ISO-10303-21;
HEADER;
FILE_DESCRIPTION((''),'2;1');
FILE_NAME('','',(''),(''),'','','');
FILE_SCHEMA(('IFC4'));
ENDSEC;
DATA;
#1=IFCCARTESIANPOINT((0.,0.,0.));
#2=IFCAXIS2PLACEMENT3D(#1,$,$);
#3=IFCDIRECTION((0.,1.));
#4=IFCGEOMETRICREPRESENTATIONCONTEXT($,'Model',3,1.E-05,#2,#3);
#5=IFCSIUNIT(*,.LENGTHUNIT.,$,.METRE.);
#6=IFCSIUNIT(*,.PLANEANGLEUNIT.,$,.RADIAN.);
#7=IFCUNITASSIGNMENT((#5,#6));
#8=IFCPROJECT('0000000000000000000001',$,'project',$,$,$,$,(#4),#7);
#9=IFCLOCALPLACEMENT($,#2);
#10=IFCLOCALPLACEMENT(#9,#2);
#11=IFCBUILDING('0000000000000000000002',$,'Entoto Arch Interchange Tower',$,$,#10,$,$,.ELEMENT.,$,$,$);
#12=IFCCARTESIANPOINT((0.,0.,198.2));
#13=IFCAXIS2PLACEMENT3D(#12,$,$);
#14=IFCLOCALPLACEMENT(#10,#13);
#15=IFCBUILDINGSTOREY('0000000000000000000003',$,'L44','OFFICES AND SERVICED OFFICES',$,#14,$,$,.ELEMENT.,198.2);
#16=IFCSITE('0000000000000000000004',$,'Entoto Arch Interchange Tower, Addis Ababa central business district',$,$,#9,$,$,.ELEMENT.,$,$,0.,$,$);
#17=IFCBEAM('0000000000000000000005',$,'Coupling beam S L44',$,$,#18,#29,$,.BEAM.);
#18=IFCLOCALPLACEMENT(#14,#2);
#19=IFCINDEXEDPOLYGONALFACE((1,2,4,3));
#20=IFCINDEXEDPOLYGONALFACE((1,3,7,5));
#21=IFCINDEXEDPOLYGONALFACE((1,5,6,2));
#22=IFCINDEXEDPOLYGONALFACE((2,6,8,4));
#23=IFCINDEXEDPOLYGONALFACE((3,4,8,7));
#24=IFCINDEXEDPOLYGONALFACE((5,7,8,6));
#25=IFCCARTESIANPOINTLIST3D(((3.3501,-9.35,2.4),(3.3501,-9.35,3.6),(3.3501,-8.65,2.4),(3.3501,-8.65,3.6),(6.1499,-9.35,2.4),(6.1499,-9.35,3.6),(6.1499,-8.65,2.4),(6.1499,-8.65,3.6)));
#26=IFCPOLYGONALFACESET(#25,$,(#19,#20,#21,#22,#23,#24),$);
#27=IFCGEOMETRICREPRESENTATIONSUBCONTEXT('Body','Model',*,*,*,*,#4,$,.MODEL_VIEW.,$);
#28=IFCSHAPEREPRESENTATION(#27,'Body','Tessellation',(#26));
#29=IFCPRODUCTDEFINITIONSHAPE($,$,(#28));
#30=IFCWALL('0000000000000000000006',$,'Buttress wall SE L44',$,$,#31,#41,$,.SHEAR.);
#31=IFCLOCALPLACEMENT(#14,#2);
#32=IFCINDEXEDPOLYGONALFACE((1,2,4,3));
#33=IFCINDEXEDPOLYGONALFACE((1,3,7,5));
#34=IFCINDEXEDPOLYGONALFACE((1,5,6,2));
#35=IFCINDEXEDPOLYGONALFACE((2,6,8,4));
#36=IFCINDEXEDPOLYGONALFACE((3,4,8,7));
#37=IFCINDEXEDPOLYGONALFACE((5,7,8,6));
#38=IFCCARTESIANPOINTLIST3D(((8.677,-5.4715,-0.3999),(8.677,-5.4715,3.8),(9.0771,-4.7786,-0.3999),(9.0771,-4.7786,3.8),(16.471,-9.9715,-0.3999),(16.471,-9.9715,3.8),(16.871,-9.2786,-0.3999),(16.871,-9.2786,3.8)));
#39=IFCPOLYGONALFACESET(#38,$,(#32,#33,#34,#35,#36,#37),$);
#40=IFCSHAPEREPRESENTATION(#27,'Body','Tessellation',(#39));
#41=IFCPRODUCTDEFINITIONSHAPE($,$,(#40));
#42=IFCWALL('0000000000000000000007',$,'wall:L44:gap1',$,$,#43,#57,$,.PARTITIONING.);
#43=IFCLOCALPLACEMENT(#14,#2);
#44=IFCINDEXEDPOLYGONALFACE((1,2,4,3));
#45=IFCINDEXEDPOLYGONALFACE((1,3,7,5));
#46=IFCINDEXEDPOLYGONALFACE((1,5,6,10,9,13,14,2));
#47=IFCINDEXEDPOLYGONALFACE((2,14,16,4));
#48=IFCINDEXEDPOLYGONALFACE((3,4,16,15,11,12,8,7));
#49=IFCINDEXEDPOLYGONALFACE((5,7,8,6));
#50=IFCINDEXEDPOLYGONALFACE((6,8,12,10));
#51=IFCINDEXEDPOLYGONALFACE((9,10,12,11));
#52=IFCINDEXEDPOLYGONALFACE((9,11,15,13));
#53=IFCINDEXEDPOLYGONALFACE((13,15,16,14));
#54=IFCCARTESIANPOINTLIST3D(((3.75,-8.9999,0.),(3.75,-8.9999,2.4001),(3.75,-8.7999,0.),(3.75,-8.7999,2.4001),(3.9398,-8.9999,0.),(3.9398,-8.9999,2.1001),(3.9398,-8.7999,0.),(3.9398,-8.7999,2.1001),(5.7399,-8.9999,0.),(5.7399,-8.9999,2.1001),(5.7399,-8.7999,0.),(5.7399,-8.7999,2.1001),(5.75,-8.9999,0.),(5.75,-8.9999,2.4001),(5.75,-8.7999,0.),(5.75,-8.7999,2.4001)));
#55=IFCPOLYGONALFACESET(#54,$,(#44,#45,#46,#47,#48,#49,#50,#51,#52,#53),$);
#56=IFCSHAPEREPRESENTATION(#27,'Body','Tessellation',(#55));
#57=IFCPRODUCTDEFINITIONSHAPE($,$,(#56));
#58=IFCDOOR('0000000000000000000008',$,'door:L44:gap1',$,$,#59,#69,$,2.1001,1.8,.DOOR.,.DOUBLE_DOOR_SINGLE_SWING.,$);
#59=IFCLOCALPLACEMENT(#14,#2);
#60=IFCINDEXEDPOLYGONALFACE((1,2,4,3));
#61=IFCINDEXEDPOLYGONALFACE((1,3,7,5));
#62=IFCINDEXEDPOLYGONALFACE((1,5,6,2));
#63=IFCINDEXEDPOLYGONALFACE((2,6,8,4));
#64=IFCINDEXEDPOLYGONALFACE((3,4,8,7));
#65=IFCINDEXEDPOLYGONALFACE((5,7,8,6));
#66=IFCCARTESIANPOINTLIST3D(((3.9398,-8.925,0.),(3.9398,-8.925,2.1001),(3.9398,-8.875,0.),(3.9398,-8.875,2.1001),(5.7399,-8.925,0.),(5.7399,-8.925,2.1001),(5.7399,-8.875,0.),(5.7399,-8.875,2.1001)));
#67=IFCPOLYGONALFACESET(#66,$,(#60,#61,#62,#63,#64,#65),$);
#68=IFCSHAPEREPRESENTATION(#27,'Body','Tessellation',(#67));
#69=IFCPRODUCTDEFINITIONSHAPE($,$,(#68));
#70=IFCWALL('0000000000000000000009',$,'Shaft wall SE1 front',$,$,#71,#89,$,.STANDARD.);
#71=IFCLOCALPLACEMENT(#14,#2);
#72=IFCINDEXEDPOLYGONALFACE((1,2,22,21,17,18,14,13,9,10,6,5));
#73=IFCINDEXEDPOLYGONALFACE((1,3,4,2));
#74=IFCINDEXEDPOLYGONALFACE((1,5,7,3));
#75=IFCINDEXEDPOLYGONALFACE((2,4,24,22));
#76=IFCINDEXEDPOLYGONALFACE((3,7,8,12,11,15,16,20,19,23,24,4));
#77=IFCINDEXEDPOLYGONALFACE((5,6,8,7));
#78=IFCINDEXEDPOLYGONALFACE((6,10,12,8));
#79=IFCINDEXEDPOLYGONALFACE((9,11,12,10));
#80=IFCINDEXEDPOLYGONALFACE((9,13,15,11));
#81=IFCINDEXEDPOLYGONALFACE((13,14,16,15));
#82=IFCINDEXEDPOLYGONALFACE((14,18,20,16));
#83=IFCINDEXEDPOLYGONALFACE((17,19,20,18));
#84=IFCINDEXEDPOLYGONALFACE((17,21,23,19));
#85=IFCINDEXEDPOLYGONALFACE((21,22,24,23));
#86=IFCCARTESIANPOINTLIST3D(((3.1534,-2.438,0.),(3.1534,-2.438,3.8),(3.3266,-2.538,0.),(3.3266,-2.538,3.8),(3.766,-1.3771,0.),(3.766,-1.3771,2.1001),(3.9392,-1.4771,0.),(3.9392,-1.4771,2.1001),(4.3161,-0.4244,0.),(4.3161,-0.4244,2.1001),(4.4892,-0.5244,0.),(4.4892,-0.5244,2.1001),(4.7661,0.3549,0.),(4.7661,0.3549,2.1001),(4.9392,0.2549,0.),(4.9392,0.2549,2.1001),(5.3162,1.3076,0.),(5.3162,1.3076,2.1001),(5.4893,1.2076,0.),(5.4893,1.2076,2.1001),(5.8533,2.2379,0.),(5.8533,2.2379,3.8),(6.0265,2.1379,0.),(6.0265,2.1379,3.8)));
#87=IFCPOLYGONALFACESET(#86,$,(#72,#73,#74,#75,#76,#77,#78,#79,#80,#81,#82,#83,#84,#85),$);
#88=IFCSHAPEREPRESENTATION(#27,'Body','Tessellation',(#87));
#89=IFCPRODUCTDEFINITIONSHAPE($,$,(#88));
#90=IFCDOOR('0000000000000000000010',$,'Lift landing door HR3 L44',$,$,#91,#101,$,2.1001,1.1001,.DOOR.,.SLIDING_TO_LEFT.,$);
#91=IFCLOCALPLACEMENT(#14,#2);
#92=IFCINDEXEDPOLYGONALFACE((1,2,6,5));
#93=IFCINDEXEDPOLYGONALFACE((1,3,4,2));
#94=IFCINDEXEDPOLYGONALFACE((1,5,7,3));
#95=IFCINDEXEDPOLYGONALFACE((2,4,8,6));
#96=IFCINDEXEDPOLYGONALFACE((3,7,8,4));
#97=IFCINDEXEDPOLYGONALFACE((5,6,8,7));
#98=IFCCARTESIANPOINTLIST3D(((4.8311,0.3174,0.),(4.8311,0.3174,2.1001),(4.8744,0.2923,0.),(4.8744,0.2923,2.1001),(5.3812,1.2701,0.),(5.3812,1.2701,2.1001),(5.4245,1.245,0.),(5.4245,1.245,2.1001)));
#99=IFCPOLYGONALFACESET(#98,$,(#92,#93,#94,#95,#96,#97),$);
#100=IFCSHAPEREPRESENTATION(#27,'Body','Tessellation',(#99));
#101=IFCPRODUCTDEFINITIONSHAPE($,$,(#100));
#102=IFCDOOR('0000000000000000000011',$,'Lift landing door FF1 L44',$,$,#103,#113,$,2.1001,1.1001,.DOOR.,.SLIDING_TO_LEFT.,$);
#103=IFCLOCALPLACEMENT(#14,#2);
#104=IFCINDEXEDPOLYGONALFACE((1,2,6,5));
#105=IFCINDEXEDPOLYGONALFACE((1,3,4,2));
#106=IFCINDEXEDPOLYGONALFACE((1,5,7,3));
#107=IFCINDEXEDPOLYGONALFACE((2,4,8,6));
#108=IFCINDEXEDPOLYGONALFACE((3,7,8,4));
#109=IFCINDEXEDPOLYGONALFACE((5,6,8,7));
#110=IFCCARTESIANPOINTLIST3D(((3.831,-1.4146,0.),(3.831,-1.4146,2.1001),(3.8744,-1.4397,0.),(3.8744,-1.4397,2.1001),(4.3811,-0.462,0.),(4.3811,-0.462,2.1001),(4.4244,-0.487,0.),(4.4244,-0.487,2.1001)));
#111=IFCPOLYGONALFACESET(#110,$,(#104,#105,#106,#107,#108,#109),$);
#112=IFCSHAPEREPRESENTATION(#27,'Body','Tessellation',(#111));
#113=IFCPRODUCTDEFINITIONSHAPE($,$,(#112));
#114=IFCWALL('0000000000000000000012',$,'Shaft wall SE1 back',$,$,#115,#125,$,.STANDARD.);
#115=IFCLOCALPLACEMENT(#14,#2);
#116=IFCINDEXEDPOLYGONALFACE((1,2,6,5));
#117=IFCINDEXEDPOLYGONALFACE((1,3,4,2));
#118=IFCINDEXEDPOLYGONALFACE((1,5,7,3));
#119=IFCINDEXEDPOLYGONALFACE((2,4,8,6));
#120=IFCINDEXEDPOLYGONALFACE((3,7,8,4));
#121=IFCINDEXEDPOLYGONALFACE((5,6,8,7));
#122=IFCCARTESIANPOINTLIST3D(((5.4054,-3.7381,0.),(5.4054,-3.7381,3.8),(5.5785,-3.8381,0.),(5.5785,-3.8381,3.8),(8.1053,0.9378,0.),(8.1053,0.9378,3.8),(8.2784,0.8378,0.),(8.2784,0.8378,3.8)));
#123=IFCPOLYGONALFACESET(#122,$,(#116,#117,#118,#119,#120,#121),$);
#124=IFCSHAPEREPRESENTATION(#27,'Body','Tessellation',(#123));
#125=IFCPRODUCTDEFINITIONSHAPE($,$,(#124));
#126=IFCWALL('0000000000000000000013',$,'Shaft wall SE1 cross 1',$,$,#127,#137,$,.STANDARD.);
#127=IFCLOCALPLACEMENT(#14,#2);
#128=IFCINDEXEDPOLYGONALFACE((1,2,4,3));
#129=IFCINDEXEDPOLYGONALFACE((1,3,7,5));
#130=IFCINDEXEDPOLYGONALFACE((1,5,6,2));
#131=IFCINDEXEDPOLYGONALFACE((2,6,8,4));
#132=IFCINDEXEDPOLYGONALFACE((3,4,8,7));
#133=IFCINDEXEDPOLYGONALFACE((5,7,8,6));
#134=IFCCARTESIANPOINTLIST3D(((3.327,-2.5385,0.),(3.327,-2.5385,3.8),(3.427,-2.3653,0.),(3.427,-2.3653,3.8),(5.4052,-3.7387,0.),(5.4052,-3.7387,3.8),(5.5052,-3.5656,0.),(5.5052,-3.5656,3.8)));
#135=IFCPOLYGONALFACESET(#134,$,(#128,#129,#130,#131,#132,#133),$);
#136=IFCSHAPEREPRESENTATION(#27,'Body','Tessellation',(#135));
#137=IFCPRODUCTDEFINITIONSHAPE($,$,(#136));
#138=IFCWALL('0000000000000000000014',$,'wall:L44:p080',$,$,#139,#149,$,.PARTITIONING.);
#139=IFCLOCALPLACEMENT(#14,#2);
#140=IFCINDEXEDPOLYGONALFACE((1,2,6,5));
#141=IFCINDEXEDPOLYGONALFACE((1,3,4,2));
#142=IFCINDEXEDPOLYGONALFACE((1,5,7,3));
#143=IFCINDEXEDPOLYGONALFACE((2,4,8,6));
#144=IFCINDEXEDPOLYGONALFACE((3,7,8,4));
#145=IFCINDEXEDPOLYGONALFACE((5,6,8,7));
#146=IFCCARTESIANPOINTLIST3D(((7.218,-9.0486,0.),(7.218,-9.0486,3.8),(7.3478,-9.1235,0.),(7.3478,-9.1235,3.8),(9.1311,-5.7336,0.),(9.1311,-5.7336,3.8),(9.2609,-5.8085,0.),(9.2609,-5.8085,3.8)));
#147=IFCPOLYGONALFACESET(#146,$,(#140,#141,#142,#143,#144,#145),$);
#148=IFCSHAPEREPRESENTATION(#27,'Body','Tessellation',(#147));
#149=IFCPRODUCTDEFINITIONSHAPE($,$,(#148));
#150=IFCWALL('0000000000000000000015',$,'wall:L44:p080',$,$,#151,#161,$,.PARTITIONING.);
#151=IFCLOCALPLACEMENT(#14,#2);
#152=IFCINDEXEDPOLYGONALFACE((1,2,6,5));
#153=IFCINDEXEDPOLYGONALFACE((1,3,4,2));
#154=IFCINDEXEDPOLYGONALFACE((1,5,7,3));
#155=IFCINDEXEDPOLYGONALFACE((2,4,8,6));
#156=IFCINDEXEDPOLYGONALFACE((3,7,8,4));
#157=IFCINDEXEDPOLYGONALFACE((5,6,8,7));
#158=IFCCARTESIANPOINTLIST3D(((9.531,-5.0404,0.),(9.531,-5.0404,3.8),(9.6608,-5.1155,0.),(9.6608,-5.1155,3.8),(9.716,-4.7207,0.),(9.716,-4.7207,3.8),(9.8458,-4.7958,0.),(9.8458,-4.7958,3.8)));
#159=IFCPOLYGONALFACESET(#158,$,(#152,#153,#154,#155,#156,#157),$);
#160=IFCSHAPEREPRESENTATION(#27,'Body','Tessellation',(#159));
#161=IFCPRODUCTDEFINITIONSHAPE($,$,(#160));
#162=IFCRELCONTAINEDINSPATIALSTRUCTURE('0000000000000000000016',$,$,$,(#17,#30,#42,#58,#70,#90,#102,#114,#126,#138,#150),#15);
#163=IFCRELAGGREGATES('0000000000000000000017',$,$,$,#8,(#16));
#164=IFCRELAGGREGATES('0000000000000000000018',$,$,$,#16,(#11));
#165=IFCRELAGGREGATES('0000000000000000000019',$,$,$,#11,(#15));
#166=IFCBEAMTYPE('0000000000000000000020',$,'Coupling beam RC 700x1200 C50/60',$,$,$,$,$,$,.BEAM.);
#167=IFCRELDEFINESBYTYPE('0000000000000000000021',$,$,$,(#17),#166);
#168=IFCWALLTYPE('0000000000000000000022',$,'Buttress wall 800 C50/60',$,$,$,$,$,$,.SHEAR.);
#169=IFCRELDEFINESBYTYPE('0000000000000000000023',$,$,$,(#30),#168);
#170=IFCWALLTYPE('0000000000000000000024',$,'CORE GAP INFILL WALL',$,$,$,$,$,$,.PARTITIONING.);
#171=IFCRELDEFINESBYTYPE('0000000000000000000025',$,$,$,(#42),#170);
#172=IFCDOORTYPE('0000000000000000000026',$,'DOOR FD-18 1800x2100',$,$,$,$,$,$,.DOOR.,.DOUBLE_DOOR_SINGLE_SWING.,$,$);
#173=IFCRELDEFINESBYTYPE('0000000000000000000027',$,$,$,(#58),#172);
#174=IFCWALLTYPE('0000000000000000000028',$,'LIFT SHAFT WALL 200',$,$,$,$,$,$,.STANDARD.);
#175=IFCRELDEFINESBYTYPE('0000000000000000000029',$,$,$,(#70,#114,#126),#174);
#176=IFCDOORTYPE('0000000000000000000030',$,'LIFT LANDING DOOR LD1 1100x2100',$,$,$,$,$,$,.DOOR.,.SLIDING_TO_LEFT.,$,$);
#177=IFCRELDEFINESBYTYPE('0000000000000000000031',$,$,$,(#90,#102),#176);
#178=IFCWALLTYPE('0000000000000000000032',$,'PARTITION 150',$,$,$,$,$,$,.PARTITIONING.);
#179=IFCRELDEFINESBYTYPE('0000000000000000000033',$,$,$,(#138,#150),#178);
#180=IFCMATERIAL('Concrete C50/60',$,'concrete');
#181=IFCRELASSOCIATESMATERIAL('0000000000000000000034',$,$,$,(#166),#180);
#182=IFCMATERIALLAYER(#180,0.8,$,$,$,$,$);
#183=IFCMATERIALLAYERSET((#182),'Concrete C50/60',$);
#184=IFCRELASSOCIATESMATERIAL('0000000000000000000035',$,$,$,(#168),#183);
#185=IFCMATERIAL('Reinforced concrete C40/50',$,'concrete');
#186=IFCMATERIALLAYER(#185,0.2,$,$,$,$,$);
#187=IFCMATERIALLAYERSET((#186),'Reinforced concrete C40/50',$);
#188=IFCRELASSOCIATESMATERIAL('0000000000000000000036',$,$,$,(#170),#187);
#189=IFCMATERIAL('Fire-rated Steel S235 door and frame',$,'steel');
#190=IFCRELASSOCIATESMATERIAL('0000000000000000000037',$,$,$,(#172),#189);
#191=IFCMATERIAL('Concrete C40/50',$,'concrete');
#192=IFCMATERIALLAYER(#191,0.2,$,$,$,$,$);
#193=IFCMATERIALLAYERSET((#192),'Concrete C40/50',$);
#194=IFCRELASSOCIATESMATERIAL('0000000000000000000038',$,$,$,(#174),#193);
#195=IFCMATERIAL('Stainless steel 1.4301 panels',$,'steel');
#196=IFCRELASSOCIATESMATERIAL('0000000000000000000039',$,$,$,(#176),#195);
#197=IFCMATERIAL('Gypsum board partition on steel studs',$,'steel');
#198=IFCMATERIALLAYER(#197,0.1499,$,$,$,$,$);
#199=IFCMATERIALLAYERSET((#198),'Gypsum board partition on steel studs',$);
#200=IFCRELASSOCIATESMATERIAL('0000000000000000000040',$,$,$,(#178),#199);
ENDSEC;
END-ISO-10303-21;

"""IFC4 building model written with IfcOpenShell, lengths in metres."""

from ifc_helpers import new_model, si_unit, direction, frame, frame_2d, origin, origin_2d, place, context, subcontext, project, spatial, rectangle, extrude, material, layer, layer_set, material_profile, profile_set, type_object, element, fill, save


model = new_model("IFC4")

# Units and contexts
model_context = context("Model", 3, precision=1e-05, world=origin(), true_north=direction((0.0, 1.0)))
body_context = subcontext(model_context, "Body", "Model", "MODEL_VIEW")
ifc_project = project(units=[si_unit("LENGTHUNIT", "METRE"), si_unit("PLANEANGLEUNIT", "RADIAN")], contexts=[model_context])

# Site, building, storey
site_placement = place(None, origin())
site = spatial("IfcSite", under=ifc_project, at=site_placement, Name="Entoto Arch Interchange Tower, Addis Ababa central business district", CompositionType="ELEMENT", RefElevation=0.0)
building_placement = place(site_placement, origin())
building = spatial("IfcBuilding", under=site, at=building_placement, Name="Entoto Arch Interchange Tower", CompositionType="ELEMENT")
storey_placement = place(building_placement, frame((0.0, 0.0, 198.2)))
storey = spatial("IfcBuildingStorey", under=building, at=storey_placement, Name="L44", Description="OFFICES AND SERVICED OFFICES", CompositionType="ELEMENT", Elevation=198.2)

# Beam
ifc_material_1 = material(Name="Concrete C50/60", Category="concrete")
ifc_material_profile = material_profile(ifc_material_1, rectangle(XDim=0.7, YDim=1.2, at=origin_2d()))
ifc_profile_set = profile_set([ifc_material_profile], Name="Concrete C50/60")
beam_type = type_object("IfcBeamType", Name="Coupling beam RC 700x1200 C50/60", PredefinedType="BEAM", material=ifc_profile_set)
beam_placement = place(storey_placement, frame((3.3501, -9.0, 3.0), z_axis=(1.0, 0.0, 0.0), x_axis=(0.0, 1.0, 0.0)))
element("IfcBeam", 1, at=beam_placement, inside=storey, type_object=beam_type, Name="Coupling beam S L44", PredefinedType="BEAM", context=body_context, shape_type="SweptSolid", body=[
    extrude(rectangle(XDim=0.7, YDim=1.2, at=origin_2d()), origin(), (0.0, 0.0, 1.0), 2.7998),
])

# Wall
ifc_layer_1 = layer(ifc_material_1, 0.8)
ifc_layer_set_1 = layer_set([ifc_layer_1], Name="Concrete C50/60")
wall_type_1 = type_object("IfcWallType", Name="Buttress wall 800 C50/60", PredefinedType="SHEAR", material=ifc_layer_set_1)
wall_1_placement = place(storey_placement, frame((8.877, -5.125, -0.3999), z_axis=(0.0, 0.0, 1.0), x_axis=(0.866018, -0.500014, 0.0)))
element("IfcWall", 2, at=wall_1_placement, inside=storey, type_object=wall_type_1, Name="Buttress wall SE L44", PredefinedType="SHEAR", context=body_context, shape_type="SweptSolid", body=[
    extrude(rectangle(XDim=8.9998, YDim=0.8, at=frame_2d((4.5, 0.0))), origin(), (0.0, 0.0, 1.0), 4.2),
])

# Wall, opening, door
ifc_material_2 = material(Name="Reinforced concrete C40/50", Category="concrete")
ifc_layer_2 = layer(ifc_material_2, 0.2)
ifc_layer_set_2 = layer_set([ifc_layer_2], Name="Reinforced concrete C40/50")
wall_type_2 = type_object("IfcWallType", Name="CORE GAP INFILL WALL", PredefinedType="PARTITIONING", material=ifc_layer_set_2)
wall_2_placement = place(storey_placement, frame((3.75, -8.8999, 0.0), z_axis=(0.0, 0.0, 1.0), x_axis=(1.0, 0.0, 0.0)))
wall_2 = element("IfcWall", 3, at=wall_2_placement, inside=storey, type_object=wall_type_2, Name="wall:L44:gap1", PredefinedType="PARTITIONING", context=body_context, shape_type="SweptSolid", body=[
    extrude(rectangle(XDim=2.0, YDim=0.2, at=frame_2d((1.0, 0.0))), origin(), (0.0, 0.0, 1.0), 2.4001),
])
opening_1_placement = place(wall_2_placement, frame((0.1899, 0.0, 0.0)))
opening_1 = element("IfcOpeningElement", 4, at=opening_1_placement, cuts=wall_2, PredefinedType="OPENING", context=body_context, shape_type="SweptSolid", body=[
    extrude(rectangle(XDim=1.8, YDim=2.1001, at=frame_2d((0.8999, 1.05))), frame((0.0, 0.1099, 0.0), z_axis=(0.0, -1.0, 0.0), x_axis=(1.0, 0.0, 0.0)), (0.0, 0.0, 1.0), 0.22),
])
ifc_material_3 = material(Name="Fire-rated Steel S235 door and frame", Category="steel")
door_type_1 = type_object("IfcDoorType", Name="DOOR FD-18 1800x2100", OperationType="DOUBLE_DOOR_SINGLE_SWING", PredefinedType="DOOR", material=ifc_material_3)
door_1_placement = place(opening_1_placement, origin())
door_1 = element("IfcDoor", 5, at=door_1_placement, inside=storey, type_object=door_type_1, Name="door:L44:gap1", OperationType="DOUBLE_DOOR_SINGLE_SWING", OverallHeight=2.1001, OverallWidth=1.8, PredefinedType="DOOR", context=body_context, shape_type="SweptSolid", body=[
    extrude(rectangle(XDim=1.8, YDim=2.1001, at=frame_2d((0.8999, 1.05))), frame((0.0, 0.0249, 0.0), z_axis=(0.0, -1.0, 0.0), x_axis=(1.0, 0.0, 0.0)), (0.0, 0.0, 1.0), 0.05),
])
fill(opening_1, door_1)

# Wall, openings, doors
ifc_material_4 = material(Name="Concrete C40/50", Category="concrete")
ifc_layer_3 = layer(ifc_material_4, 0.2)
ifc_layer_set_3 = layer_set([ifc_layer_3], Name="Concrete C40/50")
wall_type_3 = type_object("IfcWallType", Name="LIFT SHAFT WALL 200", PredefinedType="STANDARD", material=ifc_layer_set_3)
wall_3_placement = place(storey_placement, frame((3.24, -2.488, 0.0), z_axis=(0.0, 0.0, 1.0), x_axis=(0.500034, 0.866006, 0.0)))
wall_3 = element("IfcWall", 6, at=wall_3_placement, inside=storey, type_object=wall_type_3, Name="Shaft wall SE1 front", PredefinedType="STANDARD", context=body_context, shape_type="SweptSolid", body=[
    extrude(rectangle(XDim=5.3994, YDim=0.2, at=frame_2d((2.6997, 0.0))), origin(), (0.0, 0.0, 1.0), 3.8),
])
opening_2_placement = place(wall_3_placement, frame((3.2251, 0.0, 0.0)))
opening_2 = element("IfcOpeningElement", 7, at=opening_2_placement, cuts=wall_3, PredefinedType="OPENING", context=body_context, shape_type="SweptSolid", body=[
    extrude(rectangle(XDim=1.1001, YDim=2.1001, at=frame_2d((0.55, 1.05))), frame((0.0, 0.1099, 0.0), z_axis=(0.0, -1.0, 0.0), x_axis=(1.0, 0.0, 0.0)), (0.0, 0.0, 1.0), 0.22),
])
opening_3_placement = place(wall_3_placement, frame((1.2251, 0.0, 0.0)))
opening_3 = element("IfcOpeningElement", 8, at=opening_3_placement, cuts=wall_3, PredefinedType="OPENING", context=body_context, shape_type="SweptSolid", body=[
    extrude(rectangle(XDim=1.1001, YDim=2.1001, at=frame_2d((0.55, 1.05))), frame((0.0, 0.1099, 0.0), z_axis=(0.0, -1.0, 0.0), x_axis=(1.0, 0.0, 0.0)), (0.0, 0.0, 1.0), 0.22),
])
ifc_material_5 = material(Name="Stainless steel 1.4301 panels", Category="steel")
door_type_2 = type_object("IfcDoorType", Name="LIFT LANDING DOOR LD1 1100x2100", OperationType="SLIDING_TO_LEFT", PredefinedType="DOOR", material=ifc_material_5)
door_2_placement = place(opening_2_placement, origin())
door_2 = element("IfcDoor", 9, at=door_2_placement, inside=storey, type_object=door_type_2, Name="Lift landing door HR3 L44", OperationType="SLIDING_TO_LEFT", OverallHeight=2.1001, OverallWidth=1.1001, PredefinedType="DOOR", context=body_context, shape_type="SweptSolid", body=[
    extrude(rectangle(XDim=1.1001, YDim=2.1001, at=frame_2d((0.55, 1.05))), frame((0.0, 0.0249, 0.0), z_axis=(0.0, -1.0, 0.0), x_axis=(1.0, 0.0, 0.0)), (0.0, 0.0, 1.0), 0.05),
])
fill(opening_2, door_2)
door_3_placement = place(opening_3_placement, origin())
door_3 = element("IfcDoor", 10, at=door_3_placement, inside=storey, type_object=door_type_2, Name="Lift landing door FF1 L44", OperationType="SLIDING_TO_LEFT", OverallHeight=2.1001, OverallWidth=1.1001, PredefinedType="DOOR", context=body_context, shape_type="SweptSolid", body=[
    extrude(rectangle(XDim=1.1001, YDim=2.1001, at=frame_2d((0.55, 1.05))), frame((0.0, 0.0249, 0.0), z_axis=(0.0, -1.0, 0.0), x_axis=(1.0, 0.0, 0.0)), (0.0, 0.0, 1.0), 0.05),
])
fill(opening_3, door_3)

# Walls
wall_4_placement = place(storey_placement, frame((5.4919, -3.7881, 0.0), z_axis=(0.0, 0.0, 1.0), x_axis=(0.500034, 0.866006, 0.0)))
element("IfcWall", 11, at=wall_4_placement, inside=storey, type_object=wall_type_3, Name="Shaft wall SE1 back", PredefinedType="STANDARD", context=body_context, shape_type="SweptSolid", body=[
    extrude(rectangle(XDim=5.3994, YDim=0.2, at=frame_2d((2.6997, 0.0))), origin(), (0.0, 0.0, 1.0), 3.8),
])
wall_5_placement = place(storey_placement, frame((3.377, -2.4519, 0.0), z_axis=(0.0, 0.0, 1.0), x_axis=(0.865955, -0.500122, 0.0)))
element("IfcWall", 12, at=wall_5_placement, inside=storey, type_object=wall_type_3, Name="Shaft wall SE1 cross 1", PredefinedType="STANDARD", context=body_context, shape_type="SweptSolid", body=[
    extrude(rectangle(XDim=2.3999, YDim=0.2, at=frame_2d((1.2, 0.0))), origin(), (0.0, 0.0, 1.0), 3.8),
])
ifc_material_6 = material(Name="Gypsum board partition on steel studs", Category="steel")
ifc_layer_4 = layer(ifc_material_6, 0.1499)
ifc_layer_set_4 = layer_set([ifc_layer_4], Name="Gypsum board partition on steel studs")
wall_type_4 = type_object("IfcWallType", Name="PARTITION 150", PredefinedType="PARTITIONING", material=ifc_layer_set_4)
wall_6_placement = place(storey_placement, frame((7.283, -9.0859, 0.0), z_axis=(0.0, 0.0, 1.0), x_axis=(0.499844, 0.866115, 0.0)))
element("IfcWall", 13, at=wall_6_placement, inside=storey, type_object=wall_type_4, Name="wall:L44:p080", PredefinedType="PARTITIONING", context=body_context, shape_type="SweptSolid", body=[
    extrude(rectangle(XDim=3.8274, YDim=0.1499, at=frame_2d((1.9136, 0.0))), origin(), (0.0, 0.0, 1.0), 3.8),
])
wall_7_placement = place(storey_placement, frame((9.5959, -5.0779, 0.0), z_axis=(0.0, 0.0, 1.0), x_axis=(0.500828, 0.865547, 0.0)))
element("IfcWall", 14, at=wall_7_placement, inside=storey, type_object=wall_type_4, Name="wall:L44:p080", PredefinedType="PARTITIONING", context=body_context, shape_type="SweptSolid", body=[
    extrude(rectangle(XDim=0.3694, YDim=0.1499, at=frame_2d((0.1846, 0.0))), origin(), (0.0, 0.0, 1.0), 3.8),
])

save(model, "model.ifc")
